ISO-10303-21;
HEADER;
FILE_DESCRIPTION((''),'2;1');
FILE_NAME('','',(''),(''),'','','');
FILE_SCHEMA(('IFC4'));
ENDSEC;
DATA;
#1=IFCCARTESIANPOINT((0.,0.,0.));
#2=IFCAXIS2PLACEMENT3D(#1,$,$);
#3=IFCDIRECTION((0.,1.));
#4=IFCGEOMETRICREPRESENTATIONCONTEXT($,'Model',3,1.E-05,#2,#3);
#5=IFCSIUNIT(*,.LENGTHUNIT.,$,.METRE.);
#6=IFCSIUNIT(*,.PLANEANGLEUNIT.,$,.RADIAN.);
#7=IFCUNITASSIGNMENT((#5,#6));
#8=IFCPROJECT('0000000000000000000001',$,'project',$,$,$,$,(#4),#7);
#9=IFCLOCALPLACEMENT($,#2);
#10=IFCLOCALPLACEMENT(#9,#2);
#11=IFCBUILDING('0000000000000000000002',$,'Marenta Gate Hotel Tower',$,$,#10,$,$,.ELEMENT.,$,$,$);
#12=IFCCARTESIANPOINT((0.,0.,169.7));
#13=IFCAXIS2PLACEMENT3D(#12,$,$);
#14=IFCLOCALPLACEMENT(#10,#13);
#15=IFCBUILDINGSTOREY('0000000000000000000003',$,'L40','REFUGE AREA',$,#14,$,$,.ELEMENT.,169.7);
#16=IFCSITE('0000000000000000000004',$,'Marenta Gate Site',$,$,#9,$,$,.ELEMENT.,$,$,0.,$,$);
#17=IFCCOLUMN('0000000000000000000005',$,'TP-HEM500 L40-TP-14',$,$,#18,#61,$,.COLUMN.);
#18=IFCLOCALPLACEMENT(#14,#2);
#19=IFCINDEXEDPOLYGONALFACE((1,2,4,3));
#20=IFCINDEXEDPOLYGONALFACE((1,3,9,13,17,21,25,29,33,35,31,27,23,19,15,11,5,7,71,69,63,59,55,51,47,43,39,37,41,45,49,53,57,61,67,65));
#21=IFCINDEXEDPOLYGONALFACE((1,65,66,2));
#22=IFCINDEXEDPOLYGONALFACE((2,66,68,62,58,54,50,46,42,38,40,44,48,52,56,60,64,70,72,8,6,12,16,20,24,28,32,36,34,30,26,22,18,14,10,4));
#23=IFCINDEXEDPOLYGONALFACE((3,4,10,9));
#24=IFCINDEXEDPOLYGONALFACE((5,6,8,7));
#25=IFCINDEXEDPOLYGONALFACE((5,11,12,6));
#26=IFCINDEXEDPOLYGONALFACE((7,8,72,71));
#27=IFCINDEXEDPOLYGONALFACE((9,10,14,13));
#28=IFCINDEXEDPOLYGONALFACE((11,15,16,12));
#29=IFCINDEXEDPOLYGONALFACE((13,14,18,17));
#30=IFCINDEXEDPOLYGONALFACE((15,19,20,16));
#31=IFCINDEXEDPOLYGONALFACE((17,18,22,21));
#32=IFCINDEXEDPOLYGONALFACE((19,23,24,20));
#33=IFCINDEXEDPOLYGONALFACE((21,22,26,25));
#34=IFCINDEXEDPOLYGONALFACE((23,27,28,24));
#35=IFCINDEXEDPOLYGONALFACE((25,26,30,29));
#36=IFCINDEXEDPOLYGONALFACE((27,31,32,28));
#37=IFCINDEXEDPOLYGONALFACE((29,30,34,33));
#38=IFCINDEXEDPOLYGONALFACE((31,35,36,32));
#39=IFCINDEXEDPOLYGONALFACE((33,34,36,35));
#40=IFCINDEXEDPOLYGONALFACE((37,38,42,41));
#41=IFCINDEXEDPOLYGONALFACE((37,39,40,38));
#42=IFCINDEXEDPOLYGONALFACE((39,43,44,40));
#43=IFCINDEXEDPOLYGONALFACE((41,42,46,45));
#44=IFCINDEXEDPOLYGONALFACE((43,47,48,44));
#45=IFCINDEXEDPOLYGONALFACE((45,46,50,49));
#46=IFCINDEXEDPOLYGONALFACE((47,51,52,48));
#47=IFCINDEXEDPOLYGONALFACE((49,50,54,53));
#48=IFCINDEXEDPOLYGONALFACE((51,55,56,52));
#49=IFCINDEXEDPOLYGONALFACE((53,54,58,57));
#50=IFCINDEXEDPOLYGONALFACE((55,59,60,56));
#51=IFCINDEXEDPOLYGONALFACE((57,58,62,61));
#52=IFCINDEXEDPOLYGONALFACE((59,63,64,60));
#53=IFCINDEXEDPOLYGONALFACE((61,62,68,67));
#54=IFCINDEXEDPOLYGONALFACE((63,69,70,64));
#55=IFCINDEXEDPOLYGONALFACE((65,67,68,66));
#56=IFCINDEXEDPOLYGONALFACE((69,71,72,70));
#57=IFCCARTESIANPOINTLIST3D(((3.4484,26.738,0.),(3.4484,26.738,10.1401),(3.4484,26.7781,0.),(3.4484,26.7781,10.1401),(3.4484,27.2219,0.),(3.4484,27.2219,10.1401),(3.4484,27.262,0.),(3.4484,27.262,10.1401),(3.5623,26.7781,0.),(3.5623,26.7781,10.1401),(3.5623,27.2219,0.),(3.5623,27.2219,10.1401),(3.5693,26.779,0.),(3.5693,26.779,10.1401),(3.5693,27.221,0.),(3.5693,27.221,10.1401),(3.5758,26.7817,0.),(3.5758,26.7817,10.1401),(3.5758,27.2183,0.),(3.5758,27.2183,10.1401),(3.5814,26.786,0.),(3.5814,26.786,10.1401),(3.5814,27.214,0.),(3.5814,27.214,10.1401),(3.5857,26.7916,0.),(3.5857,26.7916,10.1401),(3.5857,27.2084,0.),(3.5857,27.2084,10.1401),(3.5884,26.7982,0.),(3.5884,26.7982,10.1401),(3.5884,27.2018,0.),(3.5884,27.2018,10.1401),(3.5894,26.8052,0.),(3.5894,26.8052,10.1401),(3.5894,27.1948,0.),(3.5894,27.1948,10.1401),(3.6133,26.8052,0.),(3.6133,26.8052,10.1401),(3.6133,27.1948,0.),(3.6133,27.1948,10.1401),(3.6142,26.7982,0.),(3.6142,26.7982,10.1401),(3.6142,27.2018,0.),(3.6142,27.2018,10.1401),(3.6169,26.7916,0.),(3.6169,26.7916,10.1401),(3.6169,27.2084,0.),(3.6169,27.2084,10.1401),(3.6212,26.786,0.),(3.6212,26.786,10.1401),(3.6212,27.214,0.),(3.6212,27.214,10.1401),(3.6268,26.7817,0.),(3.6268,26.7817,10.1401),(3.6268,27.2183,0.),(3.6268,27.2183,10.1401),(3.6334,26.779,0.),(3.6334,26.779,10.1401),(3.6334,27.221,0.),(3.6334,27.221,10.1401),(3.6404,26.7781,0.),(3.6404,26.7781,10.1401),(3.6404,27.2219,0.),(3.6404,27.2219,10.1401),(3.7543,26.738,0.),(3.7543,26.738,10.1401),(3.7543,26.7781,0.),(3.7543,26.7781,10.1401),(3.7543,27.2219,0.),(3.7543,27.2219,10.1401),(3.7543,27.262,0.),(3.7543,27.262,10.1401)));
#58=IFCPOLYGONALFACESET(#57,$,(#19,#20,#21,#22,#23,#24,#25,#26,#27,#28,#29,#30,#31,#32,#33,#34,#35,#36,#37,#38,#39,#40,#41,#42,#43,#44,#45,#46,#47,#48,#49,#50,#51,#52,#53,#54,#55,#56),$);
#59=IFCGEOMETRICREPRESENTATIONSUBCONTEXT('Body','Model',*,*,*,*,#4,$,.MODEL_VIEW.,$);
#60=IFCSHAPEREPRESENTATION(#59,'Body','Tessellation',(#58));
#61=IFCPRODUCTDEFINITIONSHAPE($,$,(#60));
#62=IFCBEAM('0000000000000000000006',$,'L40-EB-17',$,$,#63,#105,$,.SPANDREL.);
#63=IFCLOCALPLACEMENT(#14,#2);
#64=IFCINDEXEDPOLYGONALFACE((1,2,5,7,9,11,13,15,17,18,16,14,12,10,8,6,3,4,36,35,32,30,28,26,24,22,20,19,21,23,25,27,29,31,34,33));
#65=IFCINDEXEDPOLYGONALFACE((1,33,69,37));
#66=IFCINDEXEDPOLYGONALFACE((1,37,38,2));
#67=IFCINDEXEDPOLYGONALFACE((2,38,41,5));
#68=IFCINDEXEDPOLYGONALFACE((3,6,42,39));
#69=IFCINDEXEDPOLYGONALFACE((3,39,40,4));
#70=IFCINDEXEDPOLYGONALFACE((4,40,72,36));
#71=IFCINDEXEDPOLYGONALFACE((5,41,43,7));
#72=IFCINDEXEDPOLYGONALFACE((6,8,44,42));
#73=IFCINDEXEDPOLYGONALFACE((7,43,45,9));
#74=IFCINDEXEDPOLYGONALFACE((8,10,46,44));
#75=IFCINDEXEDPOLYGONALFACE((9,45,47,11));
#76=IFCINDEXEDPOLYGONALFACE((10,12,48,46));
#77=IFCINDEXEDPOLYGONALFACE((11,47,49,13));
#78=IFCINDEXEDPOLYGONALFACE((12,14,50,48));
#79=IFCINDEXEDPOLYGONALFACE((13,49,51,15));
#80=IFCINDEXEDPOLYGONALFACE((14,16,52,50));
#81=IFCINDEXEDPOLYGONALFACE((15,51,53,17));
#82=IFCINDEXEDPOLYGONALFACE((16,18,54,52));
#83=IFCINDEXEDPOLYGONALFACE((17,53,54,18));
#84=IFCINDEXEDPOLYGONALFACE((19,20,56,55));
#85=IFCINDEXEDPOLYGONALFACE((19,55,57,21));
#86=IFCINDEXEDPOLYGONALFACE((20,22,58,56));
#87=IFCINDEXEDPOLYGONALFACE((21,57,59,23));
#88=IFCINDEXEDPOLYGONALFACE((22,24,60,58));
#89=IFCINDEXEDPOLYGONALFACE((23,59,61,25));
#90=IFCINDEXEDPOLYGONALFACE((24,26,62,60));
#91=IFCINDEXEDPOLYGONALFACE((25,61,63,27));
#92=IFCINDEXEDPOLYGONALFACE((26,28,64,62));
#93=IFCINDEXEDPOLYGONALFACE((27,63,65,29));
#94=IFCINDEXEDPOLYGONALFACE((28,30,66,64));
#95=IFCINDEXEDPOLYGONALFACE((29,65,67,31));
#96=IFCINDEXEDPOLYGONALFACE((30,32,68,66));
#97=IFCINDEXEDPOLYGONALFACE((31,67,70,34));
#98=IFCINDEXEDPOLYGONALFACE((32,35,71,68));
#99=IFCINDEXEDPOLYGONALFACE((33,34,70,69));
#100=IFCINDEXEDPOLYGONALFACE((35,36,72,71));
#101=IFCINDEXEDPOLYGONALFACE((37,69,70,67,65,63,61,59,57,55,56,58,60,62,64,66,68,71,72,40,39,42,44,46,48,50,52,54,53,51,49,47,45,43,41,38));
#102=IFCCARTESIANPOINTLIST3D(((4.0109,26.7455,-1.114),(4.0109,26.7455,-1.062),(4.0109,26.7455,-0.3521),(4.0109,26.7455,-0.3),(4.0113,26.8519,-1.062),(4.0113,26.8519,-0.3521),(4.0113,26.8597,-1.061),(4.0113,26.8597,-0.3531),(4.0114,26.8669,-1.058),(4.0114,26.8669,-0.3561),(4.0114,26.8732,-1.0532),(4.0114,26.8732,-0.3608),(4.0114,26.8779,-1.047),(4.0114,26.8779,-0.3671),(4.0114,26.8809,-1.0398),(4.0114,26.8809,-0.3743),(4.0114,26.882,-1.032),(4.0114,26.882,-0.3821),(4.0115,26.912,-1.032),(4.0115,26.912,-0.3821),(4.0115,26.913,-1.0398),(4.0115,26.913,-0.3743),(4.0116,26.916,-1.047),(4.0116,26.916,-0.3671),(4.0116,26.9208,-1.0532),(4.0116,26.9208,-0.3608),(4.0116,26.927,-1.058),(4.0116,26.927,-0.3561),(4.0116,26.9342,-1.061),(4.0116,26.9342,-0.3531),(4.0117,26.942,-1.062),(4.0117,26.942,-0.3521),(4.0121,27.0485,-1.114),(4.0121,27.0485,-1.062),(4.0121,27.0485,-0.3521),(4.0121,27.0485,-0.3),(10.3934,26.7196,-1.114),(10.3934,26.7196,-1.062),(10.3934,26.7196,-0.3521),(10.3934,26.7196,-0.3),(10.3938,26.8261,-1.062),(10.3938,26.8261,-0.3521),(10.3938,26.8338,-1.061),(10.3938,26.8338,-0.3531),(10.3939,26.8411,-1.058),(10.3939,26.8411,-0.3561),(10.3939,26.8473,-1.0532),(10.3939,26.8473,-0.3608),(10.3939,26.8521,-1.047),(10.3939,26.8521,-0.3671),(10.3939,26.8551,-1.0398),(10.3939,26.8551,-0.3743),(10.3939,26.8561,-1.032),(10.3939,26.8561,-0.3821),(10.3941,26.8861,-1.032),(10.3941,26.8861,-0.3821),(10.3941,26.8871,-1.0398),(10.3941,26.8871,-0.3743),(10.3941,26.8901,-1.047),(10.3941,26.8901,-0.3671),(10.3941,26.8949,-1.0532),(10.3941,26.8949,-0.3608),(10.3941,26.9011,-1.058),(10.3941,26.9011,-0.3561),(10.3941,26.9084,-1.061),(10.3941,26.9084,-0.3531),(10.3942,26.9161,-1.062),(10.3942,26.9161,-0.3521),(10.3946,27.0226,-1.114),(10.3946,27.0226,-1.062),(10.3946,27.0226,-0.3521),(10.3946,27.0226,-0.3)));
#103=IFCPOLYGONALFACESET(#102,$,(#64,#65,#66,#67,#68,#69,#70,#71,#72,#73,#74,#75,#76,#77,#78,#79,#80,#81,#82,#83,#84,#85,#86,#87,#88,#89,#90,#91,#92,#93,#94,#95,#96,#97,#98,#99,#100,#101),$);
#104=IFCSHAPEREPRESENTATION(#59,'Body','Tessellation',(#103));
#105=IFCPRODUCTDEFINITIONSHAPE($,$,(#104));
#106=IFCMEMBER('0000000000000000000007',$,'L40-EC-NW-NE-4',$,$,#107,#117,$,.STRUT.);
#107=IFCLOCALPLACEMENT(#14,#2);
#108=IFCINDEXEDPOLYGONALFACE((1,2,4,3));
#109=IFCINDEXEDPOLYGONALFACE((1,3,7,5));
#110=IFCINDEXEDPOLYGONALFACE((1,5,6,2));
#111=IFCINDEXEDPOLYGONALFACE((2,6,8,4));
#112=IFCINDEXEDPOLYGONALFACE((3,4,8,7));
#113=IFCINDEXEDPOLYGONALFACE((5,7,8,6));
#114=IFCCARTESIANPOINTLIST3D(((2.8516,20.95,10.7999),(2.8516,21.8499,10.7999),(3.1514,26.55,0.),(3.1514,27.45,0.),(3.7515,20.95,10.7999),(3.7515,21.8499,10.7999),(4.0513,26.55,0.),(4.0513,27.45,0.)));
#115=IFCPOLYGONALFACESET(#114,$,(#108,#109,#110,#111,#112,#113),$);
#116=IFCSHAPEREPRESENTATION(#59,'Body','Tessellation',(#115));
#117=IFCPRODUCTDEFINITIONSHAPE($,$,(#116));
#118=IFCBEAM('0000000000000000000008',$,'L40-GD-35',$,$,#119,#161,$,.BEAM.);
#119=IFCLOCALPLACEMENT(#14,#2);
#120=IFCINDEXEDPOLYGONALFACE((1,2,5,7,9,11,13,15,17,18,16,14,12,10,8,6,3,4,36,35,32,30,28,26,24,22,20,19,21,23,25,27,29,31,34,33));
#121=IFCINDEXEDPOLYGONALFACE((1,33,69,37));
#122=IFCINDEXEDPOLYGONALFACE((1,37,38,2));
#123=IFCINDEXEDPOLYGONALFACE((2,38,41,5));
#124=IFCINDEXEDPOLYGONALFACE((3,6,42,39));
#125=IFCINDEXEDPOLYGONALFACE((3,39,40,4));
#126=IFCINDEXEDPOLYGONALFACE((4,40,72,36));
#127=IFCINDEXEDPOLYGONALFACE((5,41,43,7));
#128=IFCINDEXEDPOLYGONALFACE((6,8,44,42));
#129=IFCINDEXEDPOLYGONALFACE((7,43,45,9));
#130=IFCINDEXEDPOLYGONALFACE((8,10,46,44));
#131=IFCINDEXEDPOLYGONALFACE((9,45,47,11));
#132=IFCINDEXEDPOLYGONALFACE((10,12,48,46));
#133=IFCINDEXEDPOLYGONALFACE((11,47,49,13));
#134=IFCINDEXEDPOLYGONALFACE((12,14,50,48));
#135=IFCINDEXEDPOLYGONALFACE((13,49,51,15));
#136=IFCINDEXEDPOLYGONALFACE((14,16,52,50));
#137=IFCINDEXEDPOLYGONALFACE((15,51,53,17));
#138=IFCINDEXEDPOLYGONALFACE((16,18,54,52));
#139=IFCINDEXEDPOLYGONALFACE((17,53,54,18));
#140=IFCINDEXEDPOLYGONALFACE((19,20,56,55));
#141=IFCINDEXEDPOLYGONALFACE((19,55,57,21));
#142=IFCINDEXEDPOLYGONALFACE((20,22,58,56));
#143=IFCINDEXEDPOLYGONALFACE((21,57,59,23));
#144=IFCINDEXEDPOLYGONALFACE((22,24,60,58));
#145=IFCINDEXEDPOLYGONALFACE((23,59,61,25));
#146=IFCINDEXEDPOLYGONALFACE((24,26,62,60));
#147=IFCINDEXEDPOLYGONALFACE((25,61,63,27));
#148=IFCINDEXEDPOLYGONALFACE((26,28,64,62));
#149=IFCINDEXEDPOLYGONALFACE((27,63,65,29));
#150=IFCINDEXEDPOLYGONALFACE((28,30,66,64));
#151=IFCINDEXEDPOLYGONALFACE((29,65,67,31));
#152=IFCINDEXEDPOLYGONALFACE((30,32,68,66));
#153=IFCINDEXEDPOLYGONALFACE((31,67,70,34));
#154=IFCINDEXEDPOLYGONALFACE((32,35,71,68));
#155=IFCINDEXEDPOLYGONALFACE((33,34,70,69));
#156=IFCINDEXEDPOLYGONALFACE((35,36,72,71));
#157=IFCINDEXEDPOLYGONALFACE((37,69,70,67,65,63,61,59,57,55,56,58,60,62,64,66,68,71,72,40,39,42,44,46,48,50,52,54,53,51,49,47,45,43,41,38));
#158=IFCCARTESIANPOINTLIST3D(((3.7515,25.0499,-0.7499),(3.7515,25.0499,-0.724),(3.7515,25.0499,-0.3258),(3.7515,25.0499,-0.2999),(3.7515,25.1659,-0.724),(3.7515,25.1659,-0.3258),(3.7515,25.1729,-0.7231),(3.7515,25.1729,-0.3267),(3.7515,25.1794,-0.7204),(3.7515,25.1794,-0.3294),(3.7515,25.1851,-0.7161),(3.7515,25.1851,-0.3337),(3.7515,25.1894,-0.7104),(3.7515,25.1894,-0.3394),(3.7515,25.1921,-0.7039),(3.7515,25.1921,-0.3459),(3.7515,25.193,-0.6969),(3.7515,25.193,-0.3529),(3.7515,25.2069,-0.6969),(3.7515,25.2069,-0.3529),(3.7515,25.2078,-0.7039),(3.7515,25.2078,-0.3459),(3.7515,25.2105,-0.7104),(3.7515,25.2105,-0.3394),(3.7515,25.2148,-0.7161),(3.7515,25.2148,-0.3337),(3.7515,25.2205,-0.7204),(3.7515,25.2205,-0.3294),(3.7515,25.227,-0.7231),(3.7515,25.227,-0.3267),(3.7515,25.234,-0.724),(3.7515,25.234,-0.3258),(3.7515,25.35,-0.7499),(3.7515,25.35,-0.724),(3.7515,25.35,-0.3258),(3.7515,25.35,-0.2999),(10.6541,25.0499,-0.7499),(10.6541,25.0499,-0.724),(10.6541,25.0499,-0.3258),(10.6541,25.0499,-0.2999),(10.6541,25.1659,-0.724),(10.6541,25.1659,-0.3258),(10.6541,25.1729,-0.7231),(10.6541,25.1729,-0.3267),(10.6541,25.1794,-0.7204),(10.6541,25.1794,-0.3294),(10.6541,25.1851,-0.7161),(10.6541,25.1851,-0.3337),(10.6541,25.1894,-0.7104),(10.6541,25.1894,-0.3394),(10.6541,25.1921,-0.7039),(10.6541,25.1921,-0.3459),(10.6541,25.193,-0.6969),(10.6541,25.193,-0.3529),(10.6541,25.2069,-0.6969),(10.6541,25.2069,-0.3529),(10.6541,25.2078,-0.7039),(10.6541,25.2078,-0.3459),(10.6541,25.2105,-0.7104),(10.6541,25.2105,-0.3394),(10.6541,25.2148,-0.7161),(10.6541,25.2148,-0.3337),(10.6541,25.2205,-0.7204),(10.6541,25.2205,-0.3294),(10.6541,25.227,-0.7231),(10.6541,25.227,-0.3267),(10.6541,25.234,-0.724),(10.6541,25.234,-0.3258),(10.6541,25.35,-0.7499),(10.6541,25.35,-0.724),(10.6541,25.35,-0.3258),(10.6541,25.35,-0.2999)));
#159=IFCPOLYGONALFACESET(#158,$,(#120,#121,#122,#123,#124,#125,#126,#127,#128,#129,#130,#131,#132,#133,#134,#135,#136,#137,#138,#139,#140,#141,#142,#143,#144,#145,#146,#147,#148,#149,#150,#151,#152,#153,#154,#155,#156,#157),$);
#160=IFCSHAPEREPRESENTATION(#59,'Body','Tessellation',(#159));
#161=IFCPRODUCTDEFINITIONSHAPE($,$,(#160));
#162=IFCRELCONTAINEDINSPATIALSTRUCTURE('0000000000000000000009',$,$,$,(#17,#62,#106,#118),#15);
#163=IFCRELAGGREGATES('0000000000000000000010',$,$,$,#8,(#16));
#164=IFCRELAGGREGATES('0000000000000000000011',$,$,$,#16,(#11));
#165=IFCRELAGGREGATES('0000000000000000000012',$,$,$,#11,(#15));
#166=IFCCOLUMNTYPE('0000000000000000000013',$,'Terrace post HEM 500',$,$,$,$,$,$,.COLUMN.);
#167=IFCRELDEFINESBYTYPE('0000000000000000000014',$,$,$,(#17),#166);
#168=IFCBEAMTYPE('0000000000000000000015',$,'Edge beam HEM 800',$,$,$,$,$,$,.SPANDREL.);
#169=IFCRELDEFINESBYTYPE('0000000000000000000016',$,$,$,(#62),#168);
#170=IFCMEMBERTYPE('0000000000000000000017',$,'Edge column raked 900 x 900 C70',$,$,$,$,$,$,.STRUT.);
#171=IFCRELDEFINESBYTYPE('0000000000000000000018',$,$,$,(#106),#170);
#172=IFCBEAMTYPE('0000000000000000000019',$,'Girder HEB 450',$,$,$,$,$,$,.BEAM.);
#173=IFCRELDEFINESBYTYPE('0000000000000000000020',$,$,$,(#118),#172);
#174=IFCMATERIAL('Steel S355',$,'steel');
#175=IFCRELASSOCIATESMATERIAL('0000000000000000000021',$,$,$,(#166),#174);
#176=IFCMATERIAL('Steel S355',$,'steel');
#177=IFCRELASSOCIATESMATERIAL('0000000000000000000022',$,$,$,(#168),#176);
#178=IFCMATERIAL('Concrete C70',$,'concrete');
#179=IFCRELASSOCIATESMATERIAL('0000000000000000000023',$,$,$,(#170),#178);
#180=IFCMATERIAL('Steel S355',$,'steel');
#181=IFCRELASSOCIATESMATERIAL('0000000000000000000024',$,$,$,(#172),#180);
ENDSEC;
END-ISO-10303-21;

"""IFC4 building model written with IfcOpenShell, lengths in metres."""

from ifc_helpers import new_model, si_unit, direction, frame, origin, origin_2d, place, context, subcontext, project, spatial, rectangle, i_section, extrude, material, material_profile, profile_set, type_object, element, save


model = new_model("IFC4")

# Units and contexts
model_context = context("Model", 3, precision=1e-05, world=origin(), true_north=direction((0.0, 1.0)))
body_context = subcontext(model_context, "Body", "Model", "MODEL_VIEW")
ifc_project = project(units=[si_unit("LENGTHUNIT", "METRE"), si_unit("PLANEANGLEUNIT", "RADIAN")], contexts=[model_context])

# Site, building, storey
site_placement = place(None, origin())
site = spatial("IfcSite", under=ifc_project, at=site_placement, Name="Marenta Gate Site", CompositionType="ELEMENT", RefElevation=0.0)
building_placement = place(site_placement, origin())
building = spatial("IfcBuilding", under=site, at=building_placement, Name="Marenta Gate Hotel Tower", CompositionType="ELEMENT")
storey_placement = place(building_placement, frame((0.0, 0.0, 169.7)))
storey = spatial("IfcBuildingStorey", under=building, at=storey_placement, Name="L40", Description="REFUGE AREA", CompositionType="ELEMENT", Elevation=169.7)

# Column
ifc_material_1 = material(Name="Steel S355", Category="steel")
ifc_material_profile_1 = material_profile(ifc_material_1, i_section(OverallWidth=0.3059, OverallDepth=0.5239, WebThickness=0.0239, FlangeThickness=0.04, FilletRadius=0.0271, at=origin_2d()), Name="HEM 500")
ifc_profile_set_1 = profile_set([ifc_material_profile_1], Name="Steel S355")
column_type = type_object("IfcColumnType", Name="Terrace post HEM 500", PredefinedType="COLUMN", material=ifc_profile_set_1)
column_placement = place(storey_placement, frame((3.6013, 27.0, 0.0), z_axis=(0.0, 0.0, 1.0), x_axis=(1.0, 0.0, 0.0)))
element("IfcColumn", 1, at=column_placement, inside=storey, type_object=column_type, Name="TP-HEM500 L40-TP-14", PredefinedType="COLUMN", context=body_context, shape_type="SweptSolid", body=[
    extrude(i_section(OverallWidth=0.3059, OverallDepth=0.5239, WebThickness=0.0239, FlangeThickness=0.04, FilletRadius=0.0271, at=origin_2d()), origin(), (0.0, 0.0, 1.0), 10.1401),
])

# Beam
ifc_material_2 = material(Name="Steel S355", Category="steel")
ifc_material_profile_2 = material_profile(ifc_material_2, i_section(OverallWidth=0.303, OverallDepth=0.814, WebThickness=0.03, FlangeThickness=0.052, FilletRadius=0.03, at=origin_2d()), Name="HEM 800")
ifc_profile_set_2 = profile_set([ifc_material_profile_2], Name="Steel S355")
beam_type_1 = type_object("IfcBeamType", Name="Edge beam HEM 800", PredefinedType="SPANDREL", material=ifc_profile_set_2)
beam_1_placement = place(storey_placement, frame((4.0115, 26.897, -0.707), z_axis=(0.999992, -0.004055, 0.0), x_axis=(0.004055, 0.999992, 0.0)))
element("IfcBeam", 2, at=beam_1_placement, inside=storey, type_object=beam_type_1, Name="L40-EB-17", PredefinedType="SPANDREL", context=body_context, shape_type="SweptSolid", body=[
    extrude(i_section(OverallWidth=0.303, OverallDepth=0.814, WebThickness=0.03, FlangeThickness=0.052, FilletRadius=0.03, at=origin_2d()), origin(), (0.0, 0.0, 1.0), 6.3826),
])

# Member
ifc_material_3 = material(Name="Concrete C70", Category="concrete")
ifc_material_profile_3 = material_profile(ifc_material_3, rectangle(XDim=0.8999, YDim=0.8999, at=origin_2d()), Name="900 x 900")
ifc_profile_set_3 = profile_set([ifc_material_profile_3], Name="Concrete C70")
member_type = type_object("IfcMemberType", Name="Edge column raked 900 x 900 C70", PredefinedType="STRUT", material=ifc_profile_set_3)
member_placement = place(storey_placement, frame((3.6013, 27.0, 0.0), z_axis=(0.0, 0.0, 1.0), x_axis=(1.0, 0.0, 0.0)))
element("IfcMember", 3, at=member_placement, inside=storey, type_object=member_type, Name="L40-EC-NW-NE-4", PredefinedType="STRUT", context=body_context, shape_type="SweptSolid", body=[
    extrude(rectangle(XDim=0.8999, YDim=0.8999, at=origin_2d()), origin(), (-0.024636, -0.460182, 0.887483), 12.1692),
])

# Beam
ifc_material_4 = material(Name="Steel S355", Category="steel")
ifc_material_profile_4 = material_profile(ifc_material_4, i_section(OverallWidth=0.3, OverallDepth=0.45, WebThickness=0.0139, FlangeThickness=0.0259, FilletRadius=0.0271, at=origin_2d()), Name="HEB 450")
ifc_profile_set_4 = profile_set([ifc_material_profile_4], Name="Steel S355")
beam_type_2 = type_object("IfcBeamType", Name="Girder HEB 450", PredefinedType="BEAM", material=ifc_profile_set_4)
beam_2_placement = place(storey_placement, frame((3.7515, 25.2, -0.5249), z_axis=(1.0, 0.0, 0.0), x_axis=(0.0, 1.0, 0.0)))
element("IfcBeam", 4, at=beam_2_placement, inside=storey, type_object=beam_type_2, Name="L40-GD-35", PredefinedType="BEAM", context=body_context, shape_type="SweptSolid", body=[
    extrude(i_section(OverallWidth=0.3, OverallDepth=0.45, WebThickness=0.0139, FlangeThickness=0.0259, FilletRadius=0.0271, at=origin_2d()), origin(), (0.0, 0.0, 1.0), 6.9026),
])

save(model, "model.ifc")
